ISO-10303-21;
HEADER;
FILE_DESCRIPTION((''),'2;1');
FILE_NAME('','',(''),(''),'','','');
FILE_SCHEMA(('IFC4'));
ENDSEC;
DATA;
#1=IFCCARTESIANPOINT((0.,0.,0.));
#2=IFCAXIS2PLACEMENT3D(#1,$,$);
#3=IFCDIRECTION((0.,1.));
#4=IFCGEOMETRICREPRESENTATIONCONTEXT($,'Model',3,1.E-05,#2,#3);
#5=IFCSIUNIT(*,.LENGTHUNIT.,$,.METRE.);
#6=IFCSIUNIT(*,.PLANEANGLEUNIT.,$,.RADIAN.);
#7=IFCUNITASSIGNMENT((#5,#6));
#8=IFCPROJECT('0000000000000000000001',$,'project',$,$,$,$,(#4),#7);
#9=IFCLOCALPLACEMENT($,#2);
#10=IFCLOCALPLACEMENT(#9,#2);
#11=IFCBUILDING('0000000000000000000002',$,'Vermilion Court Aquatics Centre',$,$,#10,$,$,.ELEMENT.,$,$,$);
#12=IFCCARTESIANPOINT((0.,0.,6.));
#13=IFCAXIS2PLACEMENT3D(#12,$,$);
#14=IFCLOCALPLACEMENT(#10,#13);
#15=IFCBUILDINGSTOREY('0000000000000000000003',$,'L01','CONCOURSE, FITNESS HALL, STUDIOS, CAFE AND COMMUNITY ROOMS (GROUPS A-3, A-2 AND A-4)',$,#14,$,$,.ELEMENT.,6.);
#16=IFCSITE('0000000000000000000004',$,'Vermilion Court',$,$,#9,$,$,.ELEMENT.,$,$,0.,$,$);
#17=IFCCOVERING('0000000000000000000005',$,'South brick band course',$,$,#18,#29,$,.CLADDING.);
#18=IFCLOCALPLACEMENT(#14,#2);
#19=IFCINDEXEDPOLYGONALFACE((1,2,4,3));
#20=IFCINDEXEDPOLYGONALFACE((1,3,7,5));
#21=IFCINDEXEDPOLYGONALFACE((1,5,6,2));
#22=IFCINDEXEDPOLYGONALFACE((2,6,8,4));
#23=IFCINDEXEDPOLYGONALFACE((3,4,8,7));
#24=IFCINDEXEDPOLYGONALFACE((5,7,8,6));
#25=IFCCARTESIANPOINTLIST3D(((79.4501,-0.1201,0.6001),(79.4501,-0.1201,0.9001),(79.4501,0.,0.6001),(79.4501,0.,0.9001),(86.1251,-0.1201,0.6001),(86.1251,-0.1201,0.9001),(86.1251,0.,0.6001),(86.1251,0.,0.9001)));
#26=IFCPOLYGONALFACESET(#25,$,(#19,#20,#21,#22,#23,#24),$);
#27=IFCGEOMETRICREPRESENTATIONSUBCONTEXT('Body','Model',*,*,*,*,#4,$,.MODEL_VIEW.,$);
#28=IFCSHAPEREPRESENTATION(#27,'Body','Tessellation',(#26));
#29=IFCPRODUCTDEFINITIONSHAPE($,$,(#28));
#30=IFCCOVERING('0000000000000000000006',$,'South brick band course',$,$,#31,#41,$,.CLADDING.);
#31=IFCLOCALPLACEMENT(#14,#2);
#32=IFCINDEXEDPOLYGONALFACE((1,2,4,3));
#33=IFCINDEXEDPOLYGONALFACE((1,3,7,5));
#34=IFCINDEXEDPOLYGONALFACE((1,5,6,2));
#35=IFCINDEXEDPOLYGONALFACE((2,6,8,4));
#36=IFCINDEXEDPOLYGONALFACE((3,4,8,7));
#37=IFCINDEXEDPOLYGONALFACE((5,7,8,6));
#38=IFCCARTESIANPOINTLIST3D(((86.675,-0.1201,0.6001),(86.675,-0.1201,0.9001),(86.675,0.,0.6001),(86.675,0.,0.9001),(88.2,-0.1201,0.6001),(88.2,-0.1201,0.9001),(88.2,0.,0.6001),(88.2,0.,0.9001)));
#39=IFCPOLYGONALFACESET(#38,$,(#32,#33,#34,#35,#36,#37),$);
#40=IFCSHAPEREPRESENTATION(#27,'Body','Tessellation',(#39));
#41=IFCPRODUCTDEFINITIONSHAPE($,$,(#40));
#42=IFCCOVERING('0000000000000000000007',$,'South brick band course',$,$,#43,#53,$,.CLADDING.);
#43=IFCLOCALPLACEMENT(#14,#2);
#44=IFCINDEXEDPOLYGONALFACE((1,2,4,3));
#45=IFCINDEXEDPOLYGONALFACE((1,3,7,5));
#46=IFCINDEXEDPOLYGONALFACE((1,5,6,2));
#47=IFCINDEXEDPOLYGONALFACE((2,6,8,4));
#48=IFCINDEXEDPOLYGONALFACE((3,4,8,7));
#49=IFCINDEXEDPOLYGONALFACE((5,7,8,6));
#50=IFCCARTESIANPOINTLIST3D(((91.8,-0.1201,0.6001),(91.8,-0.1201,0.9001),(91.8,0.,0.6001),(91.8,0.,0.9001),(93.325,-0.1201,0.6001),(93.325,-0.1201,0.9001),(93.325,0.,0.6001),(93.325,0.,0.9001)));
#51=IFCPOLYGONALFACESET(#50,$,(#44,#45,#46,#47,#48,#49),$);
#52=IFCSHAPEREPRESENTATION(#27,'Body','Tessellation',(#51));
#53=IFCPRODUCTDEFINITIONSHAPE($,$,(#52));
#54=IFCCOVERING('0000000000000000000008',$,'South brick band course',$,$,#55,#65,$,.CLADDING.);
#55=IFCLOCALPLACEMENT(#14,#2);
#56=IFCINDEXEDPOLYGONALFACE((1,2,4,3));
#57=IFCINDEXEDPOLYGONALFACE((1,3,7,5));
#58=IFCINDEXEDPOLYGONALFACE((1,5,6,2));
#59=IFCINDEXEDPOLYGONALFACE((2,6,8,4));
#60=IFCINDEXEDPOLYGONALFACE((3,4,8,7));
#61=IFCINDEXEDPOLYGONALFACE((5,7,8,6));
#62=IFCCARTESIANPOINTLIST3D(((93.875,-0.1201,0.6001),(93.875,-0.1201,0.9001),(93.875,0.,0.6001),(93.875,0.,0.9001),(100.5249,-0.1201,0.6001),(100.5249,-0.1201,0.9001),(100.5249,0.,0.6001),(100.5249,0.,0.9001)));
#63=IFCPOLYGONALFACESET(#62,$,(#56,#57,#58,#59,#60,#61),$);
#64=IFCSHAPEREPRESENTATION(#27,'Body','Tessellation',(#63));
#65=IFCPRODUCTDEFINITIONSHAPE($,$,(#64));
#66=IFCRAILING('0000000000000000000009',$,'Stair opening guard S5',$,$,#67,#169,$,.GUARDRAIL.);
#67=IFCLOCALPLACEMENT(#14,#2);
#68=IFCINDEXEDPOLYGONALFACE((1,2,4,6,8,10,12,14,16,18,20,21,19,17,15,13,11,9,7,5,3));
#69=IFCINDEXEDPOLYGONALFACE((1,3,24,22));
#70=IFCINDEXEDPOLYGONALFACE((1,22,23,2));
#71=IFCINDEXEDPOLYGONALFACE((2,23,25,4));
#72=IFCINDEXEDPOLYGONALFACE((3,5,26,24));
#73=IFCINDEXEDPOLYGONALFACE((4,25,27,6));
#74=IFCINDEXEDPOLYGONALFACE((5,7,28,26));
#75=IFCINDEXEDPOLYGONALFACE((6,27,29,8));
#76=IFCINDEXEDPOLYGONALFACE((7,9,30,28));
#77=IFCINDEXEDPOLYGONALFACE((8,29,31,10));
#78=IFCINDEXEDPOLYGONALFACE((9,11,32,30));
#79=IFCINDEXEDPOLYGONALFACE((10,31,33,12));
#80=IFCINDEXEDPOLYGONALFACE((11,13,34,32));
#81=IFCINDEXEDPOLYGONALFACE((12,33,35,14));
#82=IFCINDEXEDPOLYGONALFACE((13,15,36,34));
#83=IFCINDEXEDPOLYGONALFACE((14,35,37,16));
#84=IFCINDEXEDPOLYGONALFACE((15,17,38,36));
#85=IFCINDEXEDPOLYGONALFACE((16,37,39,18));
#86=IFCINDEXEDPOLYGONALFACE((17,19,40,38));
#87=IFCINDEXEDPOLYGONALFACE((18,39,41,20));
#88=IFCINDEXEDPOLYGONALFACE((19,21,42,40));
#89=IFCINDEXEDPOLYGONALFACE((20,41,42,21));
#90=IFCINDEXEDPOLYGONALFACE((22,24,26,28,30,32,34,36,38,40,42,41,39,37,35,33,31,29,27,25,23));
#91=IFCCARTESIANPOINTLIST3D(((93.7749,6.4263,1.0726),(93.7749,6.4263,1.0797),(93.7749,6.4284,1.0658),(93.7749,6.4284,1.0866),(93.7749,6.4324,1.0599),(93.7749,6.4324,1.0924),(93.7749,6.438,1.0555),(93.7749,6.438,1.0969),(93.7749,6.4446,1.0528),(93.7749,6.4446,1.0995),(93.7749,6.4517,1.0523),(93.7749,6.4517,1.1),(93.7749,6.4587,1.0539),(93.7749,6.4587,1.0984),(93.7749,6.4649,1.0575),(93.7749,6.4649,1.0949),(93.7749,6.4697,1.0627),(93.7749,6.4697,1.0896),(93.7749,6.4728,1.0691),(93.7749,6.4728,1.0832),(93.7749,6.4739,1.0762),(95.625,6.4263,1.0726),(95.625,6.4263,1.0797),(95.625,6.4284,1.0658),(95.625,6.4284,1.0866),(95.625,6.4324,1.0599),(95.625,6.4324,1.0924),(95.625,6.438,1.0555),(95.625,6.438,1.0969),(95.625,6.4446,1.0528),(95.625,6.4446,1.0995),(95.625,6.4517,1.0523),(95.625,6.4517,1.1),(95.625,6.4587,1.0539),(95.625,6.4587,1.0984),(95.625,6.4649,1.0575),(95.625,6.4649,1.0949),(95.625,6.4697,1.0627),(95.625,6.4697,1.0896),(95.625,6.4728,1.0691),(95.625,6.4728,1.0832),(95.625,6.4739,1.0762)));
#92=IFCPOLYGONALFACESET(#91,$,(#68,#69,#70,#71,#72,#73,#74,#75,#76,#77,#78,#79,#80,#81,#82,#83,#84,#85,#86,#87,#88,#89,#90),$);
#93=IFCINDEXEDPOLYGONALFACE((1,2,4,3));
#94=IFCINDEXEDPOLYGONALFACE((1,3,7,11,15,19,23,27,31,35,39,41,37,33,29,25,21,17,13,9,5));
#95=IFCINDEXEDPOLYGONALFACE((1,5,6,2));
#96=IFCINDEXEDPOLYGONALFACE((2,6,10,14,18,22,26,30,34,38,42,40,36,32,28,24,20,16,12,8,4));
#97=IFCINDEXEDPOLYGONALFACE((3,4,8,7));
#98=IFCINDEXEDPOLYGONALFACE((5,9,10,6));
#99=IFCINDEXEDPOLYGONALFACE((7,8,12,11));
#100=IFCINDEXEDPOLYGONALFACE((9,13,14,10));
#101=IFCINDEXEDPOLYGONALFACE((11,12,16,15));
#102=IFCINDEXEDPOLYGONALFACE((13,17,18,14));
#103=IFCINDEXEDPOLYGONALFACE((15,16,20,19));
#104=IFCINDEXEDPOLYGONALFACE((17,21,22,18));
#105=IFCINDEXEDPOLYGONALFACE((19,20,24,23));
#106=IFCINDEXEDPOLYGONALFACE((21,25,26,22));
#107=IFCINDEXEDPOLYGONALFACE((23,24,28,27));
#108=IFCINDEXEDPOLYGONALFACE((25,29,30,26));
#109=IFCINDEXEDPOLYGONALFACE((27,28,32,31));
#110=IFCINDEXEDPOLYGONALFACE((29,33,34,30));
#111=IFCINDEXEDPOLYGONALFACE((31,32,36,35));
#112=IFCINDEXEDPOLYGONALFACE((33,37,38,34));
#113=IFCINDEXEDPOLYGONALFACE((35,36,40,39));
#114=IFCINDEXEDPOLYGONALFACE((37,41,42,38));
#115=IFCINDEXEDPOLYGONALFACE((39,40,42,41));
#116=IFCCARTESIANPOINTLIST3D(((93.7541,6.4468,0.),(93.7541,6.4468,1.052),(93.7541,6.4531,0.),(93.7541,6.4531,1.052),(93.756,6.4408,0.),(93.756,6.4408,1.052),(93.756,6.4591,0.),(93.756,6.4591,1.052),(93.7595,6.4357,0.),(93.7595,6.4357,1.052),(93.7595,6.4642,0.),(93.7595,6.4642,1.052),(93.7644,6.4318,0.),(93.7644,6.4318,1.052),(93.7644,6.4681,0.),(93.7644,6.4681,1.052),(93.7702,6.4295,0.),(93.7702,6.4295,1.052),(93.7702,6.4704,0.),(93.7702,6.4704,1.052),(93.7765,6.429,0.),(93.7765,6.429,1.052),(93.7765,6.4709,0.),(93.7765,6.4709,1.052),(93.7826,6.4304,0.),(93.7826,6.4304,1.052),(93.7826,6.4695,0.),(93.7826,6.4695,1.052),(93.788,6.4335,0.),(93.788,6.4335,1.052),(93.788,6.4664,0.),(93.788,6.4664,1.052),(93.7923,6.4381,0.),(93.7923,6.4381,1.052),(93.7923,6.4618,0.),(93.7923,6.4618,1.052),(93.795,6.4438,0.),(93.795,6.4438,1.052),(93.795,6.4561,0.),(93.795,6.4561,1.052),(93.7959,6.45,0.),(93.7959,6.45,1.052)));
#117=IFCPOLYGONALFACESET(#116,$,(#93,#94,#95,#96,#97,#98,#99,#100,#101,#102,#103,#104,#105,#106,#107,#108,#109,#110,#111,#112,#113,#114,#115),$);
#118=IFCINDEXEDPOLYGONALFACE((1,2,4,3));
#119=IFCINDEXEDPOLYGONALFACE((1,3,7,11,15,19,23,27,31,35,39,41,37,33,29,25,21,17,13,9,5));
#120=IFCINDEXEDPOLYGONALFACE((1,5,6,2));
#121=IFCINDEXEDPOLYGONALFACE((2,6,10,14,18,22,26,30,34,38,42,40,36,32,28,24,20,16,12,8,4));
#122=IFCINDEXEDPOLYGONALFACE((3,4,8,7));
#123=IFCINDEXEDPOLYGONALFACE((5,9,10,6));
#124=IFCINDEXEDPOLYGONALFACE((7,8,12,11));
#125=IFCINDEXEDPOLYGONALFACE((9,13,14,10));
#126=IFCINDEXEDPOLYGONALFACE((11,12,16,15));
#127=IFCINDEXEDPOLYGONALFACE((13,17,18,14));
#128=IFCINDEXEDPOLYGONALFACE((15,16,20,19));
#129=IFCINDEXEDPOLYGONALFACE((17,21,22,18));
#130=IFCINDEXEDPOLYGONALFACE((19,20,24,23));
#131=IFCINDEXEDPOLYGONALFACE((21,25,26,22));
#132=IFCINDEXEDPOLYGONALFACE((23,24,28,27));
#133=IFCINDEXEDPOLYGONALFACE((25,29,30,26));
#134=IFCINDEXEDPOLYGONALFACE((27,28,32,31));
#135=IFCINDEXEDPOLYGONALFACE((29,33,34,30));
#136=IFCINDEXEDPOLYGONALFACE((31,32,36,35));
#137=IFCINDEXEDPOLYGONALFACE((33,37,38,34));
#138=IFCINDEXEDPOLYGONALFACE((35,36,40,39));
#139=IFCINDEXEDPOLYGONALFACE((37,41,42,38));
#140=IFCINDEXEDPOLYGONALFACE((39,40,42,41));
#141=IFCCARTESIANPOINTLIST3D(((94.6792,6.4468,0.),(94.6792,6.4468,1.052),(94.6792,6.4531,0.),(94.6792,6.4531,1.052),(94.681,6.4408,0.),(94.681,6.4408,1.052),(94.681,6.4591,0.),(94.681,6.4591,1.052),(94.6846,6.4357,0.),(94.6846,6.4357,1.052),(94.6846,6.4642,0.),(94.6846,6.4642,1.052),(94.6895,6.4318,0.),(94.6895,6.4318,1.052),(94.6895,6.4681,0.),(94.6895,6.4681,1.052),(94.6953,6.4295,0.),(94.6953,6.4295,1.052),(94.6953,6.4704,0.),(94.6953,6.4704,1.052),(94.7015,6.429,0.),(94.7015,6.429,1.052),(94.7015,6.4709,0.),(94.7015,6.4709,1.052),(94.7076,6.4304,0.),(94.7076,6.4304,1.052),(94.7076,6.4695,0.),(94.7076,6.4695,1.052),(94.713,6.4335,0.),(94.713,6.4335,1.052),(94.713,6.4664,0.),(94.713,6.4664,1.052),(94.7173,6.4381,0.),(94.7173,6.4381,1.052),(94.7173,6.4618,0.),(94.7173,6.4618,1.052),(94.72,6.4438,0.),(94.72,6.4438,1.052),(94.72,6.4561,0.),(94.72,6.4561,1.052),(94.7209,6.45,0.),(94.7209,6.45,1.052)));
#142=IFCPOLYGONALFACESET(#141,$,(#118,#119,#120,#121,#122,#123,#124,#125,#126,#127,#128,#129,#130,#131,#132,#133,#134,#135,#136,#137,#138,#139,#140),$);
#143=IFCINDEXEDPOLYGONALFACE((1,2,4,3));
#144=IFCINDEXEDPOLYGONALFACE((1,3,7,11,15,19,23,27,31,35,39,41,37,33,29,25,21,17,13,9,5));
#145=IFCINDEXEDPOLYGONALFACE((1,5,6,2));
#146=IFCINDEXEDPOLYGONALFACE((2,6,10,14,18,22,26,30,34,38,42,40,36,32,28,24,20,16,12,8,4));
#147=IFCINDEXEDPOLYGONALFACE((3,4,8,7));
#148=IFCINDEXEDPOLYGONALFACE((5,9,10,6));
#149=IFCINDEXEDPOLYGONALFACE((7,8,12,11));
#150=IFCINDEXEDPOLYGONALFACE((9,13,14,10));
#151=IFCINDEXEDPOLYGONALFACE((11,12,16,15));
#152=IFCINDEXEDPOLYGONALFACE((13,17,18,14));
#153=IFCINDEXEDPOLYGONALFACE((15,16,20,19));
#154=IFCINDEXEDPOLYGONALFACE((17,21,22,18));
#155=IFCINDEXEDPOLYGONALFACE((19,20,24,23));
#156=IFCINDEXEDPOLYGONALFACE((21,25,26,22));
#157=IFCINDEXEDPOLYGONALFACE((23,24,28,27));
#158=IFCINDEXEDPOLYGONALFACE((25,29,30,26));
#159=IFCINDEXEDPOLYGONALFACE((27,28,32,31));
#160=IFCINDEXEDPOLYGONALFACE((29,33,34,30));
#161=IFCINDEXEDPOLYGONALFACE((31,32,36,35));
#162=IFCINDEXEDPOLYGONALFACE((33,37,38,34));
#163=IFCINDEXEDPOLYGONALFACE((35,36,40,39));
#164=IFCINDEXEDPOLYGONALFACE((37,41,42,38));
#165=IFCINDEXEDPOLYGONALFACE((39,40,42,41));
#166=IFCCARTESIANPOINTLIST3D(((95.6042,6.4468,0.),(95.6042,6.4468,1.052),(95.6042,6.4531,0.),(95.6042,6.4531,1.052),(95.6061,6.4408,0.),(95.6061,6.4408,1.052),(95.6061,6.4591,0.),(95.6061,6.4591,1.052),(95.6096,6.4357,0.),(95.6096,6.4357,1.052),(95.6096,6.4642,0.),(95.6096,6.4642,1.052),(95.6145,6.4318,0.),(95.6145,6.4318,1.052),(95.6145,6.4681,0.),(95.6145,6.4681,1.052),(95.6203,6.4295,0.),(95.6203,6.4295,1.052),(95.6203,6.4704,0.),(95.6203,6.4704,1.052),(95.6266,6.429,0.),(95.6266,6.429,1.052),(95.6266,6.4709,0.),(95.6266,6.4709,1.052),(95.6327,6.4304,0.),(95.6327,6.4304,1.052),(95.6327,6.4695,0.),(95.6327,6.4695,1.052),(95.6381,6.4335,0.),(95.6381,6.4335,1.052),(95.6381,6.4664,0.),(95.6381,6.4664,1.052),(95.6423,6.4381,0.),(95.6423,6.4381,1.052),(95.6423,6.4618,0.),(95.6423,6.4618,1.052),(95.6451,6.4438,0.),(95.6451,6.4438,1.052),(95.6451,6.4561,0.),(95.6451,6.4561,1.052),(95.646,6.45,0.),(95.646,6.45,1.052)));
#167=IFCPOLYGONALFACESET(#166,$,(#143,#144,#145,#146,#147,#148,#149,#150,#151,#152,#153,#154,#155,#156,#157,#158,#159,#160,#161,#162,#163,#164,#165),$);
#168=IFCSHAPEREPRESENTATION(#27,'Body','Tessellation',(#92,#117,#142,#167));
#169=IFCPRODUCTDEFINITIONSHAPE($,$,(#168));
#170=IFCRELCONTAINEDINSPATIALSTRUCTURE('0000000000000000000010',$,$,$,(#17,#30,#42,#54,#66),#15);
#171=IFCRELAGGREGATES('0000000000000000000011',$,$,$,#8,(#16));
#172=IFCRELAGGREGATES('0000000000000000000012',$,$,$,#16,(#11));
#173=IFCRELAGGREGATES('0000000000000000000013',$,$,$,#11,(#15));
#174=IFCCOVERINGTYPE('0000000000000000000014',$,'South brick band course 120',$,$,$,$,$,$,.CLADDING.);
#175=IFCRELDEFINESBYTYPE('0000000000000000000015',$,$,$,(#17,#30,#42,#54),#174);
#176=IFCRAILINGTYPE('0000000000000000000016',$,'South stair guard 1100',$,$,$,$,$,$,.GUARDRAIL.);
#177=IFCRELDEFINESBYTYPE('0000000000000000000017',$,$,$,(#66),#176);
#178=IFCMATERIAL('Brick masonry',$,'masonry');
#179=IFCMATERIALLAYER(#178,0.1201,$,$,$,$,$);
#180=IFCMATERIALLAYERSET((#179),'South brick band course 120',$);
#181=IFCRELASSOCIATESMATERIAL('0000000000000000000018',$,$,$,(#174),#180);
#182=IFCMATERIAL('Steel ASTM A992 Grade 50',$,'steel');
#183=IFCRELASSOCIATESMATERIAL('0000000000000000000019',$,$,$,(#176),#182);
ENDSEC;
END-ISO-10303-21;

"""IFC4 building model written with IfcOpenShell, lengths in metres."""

from ifc_helpers import new_model, si_unit, direction, frame, origin, origin_2d, place, context, subcontext, project, spatial, rectangle, circle, extrude, material, layer, layer_set, type_object, element, save


model = new_model("IFC4")

# Units and contexts
model_context = context("Model", 3, precision=1e-05, world=origin(), true_north=direction((0.0, 1.0)))
body_context = subcontext(model_context, "Body", "Model", "MODEL_VIEW")
ifc_project = project(units=[si_unit("LENGTHUNIT", "METRE"), si_unit("PLANEANGLEUNIT", "RADIAN")], contexts=[model_context])

# Site, building, storey
site_placement = place(None, origin())
site = spatial("IfcSite", under=ifc_project, at=site_placement, Name="Vermilion Court", CompositionType="ELEMENT", RefElevation=0.0)
building_placement = place(site_placement, origin())
building = spatial("IfcBuilding", under=site, at=building_placement, Name="Vermilion Court Aquatics Centre", CompositionType="ELEMENT")
storey_placement = place(building_placement, frame((0.0, 0.0, 6.0)))
storey = spatial("IfcBuildingStorey", under=building, at=storey_placement, Name="L01", Description="CONCOURSE, FITNESS HALL, STUDIOS, CAFE AND COMMUNITY ROOMS (GROUPS A-3, A-2 AND A-4)", CompositionType="ELEMENT", Elevation=6.0)

# Coverings
ifc_material_1 = material(Name="Brick masonry", Category="masonry")
ifc_layer_1 = layer(ifc_material_1, 0.1201)
ifc_layer_set_1 = layer_set([ifc_layer_1], Name="South brick band course 120")
covering_type = type_object("IfcCoveringType", Name="South brick band course 120", PredefinedType="CLADDING", material=ifc_layer_set_1)
covering_1_placement = place(storey_placement, frame((82.7876, -0.0601, 0.6001), z_axis=(0.0, 0.0, 1.0), x_axis=(1.0, 0.0, 0.0)))
element("IfcCovering", 1, at=covering_1_placement, inside=storey, type_object=covering_type, Name="South brick band course", PredefinedType="CLADDING", context=body_context, shape_type="SweptSolid", body=[
    extrude(rectangle(XDim=6.675, YDim=0.1201, at=origin_2d()), origin(), (0.0, 0.0, 1.0), 0.3),
])
for number, where, z_axis, x_axis, name in (
    (2, (87.4375, -0.0601, 0.6001), (0.0, 0.0, 1.0), (1.0, 0.0, 0.0), "South brick band course"),
    (3, (92.5625, -0.0601, 0.6001), (0.0, 0.0, 1.0), (1.0, 0.0, 0.0), "South brick band course"),
):
    element("IfcCovering", number, at=place(storey_placement, frame(where, z_axis=z_axis, x_axis=x_axis)), inside=storey, type_object=covering_type, Name=name, PredefinedType="CLADDING", context=body_context, shape_type="SweptSolid", body=[
        extrude(rectangle(XDim=1.5249, YDim=0.1201, at=origin_2d()), origin(), (0.0, 0.0, 1.0), 0.3),
    ])
covering_2_placement = place(storey_placement, frame((97.2, -0.0601, 0.6001), z_axis=(0.0, 0.0, 1.0), x_axis=(1.0, 0.0, 0.0)))
element("IfcCovering", 4, at=covering_2_placement, inside=storey, type_object=covering_type, Name="South brick band course", PredefinedType="CLADDING", context=body_context, shape_type="SweptSolid", body=[
    extrude(rectangle(XDim=6.6499, YDim=0.1201, at=origin_2d()), origin(), (0.0, 0.0, 1.0), 0.3),
])

# Railing
ifc_material_2 = material(Name="Steel ASTM A992 Grade 50", Category="steel")
railing_type = type_object("IfcRailingType", Name="South stair guard 1100", PredefinedType="GUARDRAIL", material=ifc_material_2)
railing_placement = place(storey_placement, frame((93.7749, 6.45, 0.0)))
element("IfcRailing", 5, at=railing_placement, inside=storey, type_object=railing_type, Name="Stair opening guard S5", PredefinedType="GUARDRAIL", context=body_context, shape_type="SweptSolid", body=[
    extrude(circle(Radius=0.0239, at=origin_2d()), frame((0.0, 0.0, 1.0762), z_axis=(1.0, 0.0, 0.0), x_axis=(0.0, 1.0, 0.0)), (0.0, 0.0, 1.0), 1.8501),
    extrude(circle(Radius=0.021, at=origin_2d()), origin(), (0.0, 0.0, 1.0), 1.052),
    extrude(circle(Radius=0.021, at=origin_2d()), frame((0.925, 0.0, 0.0)), (0.0, 0.0, 1.0), 1.052),
    extrude(circle(Radius=0.021, at=origin_2d()), frame((1.8501, 0.0, 0.0)), (0.0, 0.0, 1.0), 1.052),
])

save(model, "model.ifc")
